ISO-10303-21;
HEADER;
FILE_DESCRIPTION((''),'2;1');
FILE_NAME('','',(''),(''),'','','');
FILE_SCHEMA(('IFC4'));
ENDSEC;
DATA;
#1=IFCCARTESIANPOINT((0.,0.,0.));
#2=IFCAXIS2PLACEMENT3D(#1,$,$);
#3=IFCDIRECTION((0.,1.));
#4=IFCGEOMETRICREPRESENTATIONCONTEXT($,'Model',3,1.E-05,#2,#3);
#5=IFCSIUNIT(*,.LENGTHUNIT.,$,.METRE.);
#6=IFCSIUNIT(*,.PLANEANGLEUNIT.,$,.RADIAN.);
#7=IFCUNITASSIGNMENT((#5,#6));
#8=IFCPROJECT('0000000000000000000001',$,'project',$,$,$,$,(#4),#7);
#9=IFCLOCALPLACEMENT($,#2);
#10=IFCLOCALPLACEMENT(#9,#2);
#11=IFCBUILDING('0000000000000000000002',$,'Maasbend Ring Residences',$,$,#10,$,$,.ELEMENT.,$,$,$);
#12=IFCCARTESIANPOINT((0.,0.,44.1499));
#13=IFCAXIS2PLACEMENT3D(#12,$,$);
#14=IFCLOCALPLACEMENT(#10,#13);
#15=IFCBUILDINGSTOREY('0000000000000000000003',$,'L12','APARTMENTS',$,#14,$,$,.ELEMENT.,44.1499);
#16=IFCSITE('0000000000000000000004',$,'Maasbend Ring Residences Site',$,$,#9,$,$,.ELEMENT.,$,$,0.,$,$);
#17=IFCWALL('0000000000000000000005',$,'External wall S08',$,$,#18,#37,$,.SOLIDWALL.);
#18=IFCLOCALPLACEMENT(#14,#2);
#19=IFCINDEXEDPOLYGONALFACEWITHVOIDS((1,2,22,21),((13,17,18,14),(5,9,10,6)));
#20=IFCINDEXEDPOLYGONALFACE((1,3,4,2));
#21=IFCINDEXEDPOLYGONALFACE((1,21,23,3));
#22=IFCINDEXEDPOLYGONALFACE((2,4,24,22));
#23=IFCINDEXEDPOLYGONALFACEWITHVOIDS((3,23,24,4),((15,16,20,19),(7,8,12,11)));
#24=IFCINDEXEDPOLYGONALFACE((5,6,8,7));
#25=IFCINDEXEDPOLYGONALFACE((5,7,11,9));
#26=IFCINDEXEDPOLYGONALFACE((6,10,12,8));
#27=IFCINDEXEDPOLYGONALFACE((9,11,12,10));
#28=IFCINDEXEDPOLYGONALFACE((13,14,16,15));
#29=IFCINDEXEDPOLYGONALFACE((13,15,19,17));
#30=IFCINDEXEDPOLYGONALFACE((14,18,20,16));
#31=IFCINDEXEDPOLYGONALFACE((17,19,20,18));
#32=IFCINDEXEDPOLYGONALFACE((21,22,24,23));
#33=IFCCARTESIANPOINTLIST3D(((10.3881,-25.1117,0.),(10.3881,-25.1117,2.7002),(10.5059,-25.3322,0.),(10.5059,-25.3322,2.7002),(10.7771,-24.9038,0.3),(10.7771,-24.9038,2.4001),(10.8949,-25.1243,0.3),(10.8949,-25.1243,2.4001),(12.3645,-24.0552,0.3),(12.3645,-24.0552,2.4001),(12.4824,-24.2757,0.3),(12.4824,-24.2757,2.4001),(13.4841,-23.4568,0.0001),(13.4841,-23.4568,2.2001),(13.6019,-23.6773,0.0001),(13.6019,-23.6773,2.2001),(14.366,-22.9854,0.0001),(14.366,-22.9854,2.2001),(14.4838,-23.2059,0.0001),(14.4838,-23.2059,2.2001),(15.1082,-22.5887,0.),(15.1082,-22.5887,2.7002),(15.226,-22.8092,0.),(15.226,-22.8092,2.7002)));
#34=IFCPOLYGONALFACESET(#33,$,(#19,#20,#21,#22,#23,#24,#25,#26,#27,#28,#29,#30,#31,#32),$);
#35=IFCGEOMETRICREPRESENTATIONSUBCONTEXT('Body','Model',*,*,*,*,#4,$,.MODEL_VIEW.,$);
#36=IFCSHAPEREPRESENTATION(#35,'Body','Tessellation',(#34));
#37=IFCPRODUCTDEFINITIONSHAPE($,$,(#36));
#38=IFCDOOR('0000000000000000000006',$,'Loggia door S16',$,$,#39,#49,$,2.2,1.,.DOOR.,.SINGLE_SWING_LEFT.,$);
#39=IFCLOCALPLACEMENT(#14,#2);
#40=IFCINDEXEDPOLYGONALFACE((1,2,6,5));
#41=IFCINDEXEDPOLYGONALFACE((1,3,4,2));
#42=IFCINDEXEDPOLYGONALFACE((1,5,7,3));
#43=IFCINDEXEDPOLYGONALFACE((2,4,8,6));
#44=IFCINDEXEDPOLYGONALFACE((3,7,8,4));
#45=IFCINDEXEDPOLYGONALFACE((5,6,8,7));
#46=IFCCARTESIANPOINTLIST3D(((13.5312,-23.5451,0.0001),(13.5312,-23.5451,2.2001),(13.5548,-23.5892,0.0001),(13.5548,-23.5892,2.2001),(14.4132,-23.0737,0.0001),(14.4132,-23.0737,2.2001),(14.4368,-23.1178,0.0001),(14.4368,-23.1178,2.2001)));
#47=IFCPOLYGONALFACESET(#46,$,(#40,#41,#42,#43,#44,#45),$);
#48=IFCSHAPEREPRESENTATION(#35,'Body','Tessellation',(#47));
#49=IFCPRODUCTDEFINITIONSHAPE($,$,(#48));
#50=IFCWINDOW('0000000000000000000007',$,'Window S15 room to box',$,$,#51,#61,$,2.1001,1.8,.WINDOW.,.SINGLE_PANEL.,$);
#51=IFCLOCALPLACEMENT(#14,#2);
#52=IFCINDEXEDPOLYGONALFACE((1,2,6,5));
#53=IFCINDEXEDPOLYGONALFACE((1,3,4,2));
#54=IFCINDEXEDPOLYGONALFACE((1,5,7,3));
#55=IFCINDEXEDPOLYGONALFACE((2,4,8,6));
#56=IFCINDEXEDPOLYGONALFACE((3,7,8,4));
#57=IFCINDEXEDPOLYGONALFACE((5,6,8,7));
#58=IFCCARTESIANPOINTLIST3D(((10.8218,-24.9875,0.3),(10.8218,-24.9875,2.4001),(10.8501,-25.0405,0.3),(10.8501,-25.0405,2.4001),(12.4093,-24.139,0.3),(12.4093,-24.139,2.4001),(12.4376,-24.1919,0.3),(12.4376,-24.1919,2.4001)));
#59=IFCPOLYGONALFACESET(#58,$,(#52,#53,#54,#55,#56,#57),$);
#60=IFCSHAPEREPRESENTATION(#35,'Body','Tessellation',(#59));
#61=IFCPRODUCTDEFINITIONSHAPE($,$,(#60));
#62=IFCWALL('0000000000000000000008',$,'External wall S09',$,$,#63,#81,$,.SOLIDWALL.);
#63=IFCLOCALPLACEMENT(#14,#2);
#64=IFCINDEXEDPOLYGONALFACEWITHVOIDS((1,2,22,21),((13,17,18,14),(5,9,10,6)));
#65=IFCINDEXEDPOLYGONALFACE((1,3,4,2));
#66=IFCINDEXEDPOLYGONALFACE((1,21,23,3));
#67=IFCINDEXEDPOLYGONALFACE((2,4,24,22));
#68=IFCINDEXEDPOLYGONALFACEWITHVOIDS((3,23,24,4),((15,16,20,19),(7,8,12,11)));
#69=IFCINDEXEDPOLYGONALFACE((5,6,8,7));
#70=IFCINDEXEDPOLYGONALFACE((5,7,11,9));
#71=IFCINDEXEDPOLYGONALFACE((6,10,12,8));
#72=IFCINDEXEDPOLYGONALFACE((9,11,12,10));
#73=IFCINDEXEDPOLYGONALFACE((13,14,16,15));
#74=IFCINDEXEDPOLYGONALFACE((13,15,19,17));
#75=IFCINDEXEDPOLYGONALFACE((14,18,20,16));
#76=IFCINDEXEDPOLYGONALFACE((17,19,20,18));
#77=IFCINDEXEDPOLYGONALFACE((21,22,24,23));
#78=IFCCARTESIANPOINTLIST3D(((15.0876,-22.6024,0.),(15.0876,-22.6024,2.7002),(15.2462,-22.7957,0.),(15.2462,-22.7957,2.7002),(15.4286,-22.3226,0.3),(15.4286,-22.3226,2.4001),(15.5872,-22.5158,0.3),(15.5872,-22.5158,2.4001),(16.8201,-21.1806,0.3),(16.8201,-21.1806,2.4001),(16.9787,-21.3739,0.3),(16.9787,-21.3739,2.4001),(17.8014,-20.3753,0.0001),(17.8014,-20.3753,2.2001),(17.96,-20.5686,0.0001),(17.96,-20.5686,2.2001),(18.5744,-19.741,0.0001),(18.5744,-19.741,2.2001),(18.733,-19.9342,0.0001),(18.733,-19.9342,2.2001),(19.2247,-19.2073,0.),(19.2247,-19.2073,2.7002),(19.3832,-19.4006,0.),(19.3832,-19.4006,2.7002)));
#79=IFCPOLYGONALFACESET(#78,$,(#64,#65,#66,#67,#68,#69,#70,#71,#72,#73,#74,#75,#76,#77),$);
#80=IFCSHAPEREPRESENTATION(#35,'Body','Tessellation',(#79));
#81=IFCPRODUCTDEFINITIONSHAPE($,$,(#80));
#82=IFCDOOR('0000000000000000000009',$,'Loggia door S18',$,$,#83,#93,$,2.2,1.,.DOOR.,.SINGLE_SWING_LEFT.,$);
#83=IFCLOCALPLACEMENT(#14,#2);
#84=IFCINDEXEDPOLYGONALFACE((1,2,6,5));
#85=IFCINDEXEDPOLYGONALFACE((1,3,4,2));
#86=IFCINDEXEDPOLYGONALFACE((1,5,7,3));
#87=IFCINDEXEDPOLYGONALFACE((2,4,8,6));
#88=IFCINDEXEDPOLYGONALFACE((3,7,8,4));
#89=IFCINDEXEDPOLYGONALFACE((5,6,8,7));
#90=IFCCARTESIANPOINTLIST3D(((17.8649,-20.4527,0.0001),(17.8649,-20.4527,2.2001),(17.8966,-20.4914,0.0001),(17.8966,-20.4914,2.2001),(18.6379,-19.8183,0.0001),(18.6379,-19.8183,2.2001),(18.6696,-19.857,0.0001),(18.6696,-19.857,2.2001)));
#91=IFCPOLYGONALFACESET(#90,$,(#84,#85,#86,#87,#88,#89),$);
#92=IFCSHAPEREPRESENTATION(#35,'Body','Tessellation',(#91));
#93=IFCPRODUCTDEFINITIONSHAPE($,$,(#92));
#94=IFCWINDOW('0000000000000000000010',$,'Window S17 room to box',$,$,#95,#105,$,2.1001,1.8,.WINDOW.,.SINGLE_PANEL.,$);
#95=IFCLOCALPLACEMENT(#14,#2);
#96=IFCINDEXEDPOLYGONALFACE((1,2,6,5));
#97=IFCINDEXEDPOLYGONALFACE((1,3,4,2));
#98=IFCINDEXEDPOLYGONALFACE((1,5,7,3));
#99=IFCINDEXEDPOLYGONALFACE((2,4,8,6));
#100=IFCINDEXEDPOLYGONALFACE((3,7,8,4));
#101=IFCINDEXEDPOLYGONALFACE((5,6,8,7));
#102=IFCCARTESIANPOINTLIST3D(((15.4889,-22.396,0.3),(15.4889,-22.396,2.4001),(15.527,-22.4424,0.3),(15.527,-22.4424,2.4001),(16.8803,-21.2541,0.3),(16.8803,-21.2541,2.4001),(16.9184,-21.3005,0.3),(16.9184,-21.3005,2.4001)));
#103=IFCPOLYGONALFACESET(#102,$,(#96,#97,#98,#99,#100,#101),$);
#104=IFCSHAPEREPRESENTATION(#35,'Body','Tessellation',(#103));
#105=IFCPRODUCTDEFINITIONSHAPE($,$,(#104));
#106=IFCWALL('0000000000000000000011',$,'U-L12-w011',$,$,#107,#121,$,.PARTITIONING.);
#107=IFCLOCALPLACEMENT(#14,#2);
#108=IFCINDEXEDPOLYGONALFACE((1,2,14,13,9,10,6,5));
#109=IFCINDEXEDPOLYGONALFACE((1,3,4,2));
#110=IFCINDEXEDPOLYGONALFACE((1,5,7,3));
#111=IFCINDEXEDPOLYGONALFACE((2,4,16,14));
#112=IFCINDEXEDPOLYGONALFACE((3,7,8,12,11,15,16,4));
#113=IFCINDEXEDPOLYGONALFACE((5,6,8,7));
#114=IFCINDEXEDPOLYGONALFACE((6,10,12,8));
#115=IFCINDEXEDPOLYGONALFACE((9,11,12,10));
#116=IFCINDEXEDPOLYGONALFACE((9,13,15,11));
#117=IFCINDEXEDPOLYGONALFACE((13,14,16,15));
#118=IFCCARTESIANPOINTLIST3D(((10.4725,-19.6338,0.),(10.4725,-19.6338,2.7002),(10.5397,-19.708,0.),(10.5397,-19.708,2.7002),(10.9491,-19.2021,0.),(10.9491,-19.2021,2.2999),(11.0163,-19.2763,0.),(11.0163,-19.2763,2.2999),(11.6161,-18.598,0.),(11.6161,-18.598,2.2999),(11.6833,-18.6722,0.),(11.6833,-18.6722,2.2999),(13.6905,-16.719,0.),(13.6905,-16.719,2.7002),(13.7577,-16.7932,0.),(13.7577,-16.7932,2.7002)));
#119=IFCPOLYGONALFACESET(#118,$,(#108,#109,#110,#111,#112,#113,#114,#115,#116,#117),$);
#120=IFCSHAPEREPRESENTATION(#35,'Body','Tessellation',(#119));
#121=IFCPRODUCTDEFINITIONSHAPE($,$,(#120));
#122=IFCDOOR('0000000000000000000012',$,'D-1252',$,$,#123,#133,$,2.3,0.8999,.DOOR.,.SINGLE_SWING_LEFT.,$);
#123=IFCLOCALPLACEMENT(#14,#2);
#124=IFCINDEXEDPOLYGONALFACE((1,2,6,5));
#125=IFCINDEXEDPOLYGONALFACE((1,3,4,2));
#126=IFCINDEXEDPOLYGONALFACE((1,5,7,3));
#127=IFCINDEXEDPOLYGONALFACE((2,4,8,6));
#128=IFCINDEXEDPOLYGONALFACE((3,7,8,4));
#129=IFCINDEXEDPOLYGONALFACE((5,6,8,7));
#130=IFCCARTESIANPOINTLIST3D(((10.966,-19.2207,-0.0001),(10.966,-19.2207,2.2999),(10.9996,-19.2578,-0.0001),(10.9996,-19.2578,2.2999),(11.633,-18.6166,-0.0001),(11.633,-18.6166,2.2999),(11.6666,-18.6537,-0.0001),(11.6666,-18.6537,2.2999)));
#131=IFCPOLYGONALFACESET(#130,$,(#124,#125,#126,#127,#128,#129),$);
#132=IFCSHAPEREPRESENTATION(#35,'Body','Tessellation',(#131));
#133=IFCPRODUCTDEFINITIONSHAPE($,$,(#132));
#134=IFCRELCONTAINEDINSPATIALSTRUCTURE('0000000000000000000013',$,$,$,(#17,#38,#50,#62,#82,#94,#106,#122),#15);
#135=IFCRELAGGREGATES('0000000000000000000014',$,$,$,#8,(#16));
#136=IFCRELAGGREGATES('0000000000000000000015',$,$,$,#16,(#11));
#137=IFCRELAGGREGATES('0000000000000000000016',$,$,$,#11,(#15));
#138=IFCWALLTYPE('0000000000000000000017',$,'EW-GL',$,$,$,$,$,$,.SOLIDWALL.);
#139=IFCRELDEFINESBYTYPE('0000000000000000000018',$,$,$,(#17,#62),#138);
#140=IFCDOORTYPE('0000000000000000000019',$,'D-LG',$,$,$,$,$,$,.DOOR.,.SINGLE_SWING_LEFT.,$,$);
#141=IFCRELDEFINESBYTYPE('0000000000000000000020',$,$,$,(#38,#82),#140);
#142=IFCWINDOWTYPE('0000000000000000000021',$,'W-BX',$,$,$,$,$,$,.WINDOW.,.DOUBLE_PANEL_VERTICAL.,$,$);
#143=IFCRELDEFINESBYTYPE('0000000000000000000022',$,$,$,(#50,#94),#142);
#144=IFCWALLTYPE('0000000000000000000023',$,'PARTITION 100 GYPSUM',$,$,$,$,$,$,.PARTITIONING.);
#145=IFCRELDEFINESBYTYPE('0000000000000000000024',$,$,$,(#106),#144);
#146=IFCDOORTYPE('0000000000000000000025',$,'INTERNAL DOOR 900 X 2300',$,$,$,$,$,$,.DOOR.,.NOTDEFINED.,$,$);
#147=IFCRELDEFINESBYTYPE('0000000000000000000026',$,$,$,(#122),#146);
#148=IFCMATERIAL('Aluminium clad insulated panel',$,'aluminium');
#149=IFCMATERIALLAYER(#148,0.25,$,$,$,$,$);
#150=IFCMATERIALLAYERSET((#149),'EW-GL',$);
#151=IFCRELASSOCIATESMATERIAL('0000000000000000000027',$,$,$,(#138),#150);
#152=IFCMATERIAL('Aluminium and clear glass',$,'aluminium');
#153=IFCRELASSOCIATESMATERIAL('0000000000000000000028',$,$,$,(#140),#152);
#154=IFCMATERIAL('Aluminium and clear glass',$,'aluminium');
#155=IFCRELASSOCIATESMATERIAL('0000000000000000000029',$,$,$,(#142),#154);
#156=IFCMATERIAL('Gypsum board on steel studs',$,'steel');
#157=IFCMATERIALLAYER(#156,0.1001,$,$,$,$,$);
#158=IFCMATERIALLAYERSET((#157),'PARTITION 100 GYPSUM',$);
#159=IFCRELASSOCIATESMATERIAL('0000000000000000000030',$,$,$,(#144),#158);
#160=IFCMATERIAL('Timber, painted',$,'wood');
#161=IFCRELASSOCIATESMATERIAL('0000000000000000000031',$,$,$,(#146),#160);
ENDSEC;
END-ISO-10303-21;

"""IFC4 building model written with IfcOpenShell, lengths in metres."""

from ifc_helpers import new_model, si_unit, direction, frame, frame_2d, origin, place, context, subcontext, project, spatial, rectangle, extrude, material, layer, layer_set, type_object, element, fill, save


model = new_model("IFC4")

# Units and contexts
model_context = context("Model", 3, precision=1e-05, world=origin(), true_north=direction((0.0, 1.0)))
body_context = subcontext(model_context, "Body", "Model", "MODEL_VIEW")
ifc_project = project(units=[si_unit("LENGTHUNIT", "METRE"), si_unit("PLANEANGLEUNIT", "RADIAN")], contexts=[model_context])

# Site, building, storey
site_placement = place(None, origin())
site = spatial("IfcSite", under=ifc_project, at=site_placement, Name="Maasbend Ring Residences Site", CompositionType="ELEMENT", RefElevation=0.0)
building_placement = place(site_placement, origin())
building = spatial("IfcBuilding", under=site, at=building_placement, Name="Maasbend Ring Residences", CompositionType="ELEMENT")
storey_placement = place(building_placement, frame((0.0, 0.0, 44.1499)))
storey = spatial("IfcBuildingStorey", under=building, at=storey_placement, Name="L12", Description="APARTMENTS", CompositionType="ELEMENT", Elevation=44.1499)

# Walls, openings, doors, windows
ifc_material_1 = material(Name="Aluminium clad insulated panel", Category="aluminium")
ifc_layer_1 = layer(ifc_material_1, 0.25)
ifc_layer_set_1 = layer_set([ifc_layer_1], Name="EW-GL")
wall_type_1 = type_object("IfcWallType", Name="EW-GL", PredefinedType="SOLIDWALL", material=ifc_layer_set_1)
wall_1_placement = place(storey_placement, frame((10.447, -25.2219, 0.0), z_axis=(0.0, 0.0, 1.0), x_axis=(0.881916, 0.471407, 0.0)))
wall_1 = element("IfcWall", 1, at=wall_1_placement, inside=storey, type_object=wall_type_1, Name="External wall S08", PredefinedType="SOLIDWALL", context=body_context, shape_type="SweptSolid", body=[
    extrude(rectangle(XDim=5.3521, YDim=0.25, at=frame_2d((2.676, 0.0))), origin(), (0.0, 0.0, 1.0), 2.7002),
])
opening_1_placement = place(wall_1_placement, frame((0.4412, 0.0, 0.3)))
opening_1 = element("IfcOpeningElement", 2, at=opening_1_placement, cuts=wall_1, PredefinedType="OPENING", context=body_context, shape_type="SweptSolid", body=[
    extrude(rectangle(XDim=1.8, YDim=2.1001, at=frame_2d((0.8999, 1.05))), frame((0.0, 0.135, 0.0), z_axis=(0.0, -1.0, 0.0), x_axis=(1.0, 0.0, 0.0)), (0.0, 0.0, 1.0), 0.27),
])
opening_2_placement = place(wall_1_placement, frame((3.5105, 0.0, 0.0)))
opening_2 = element("IfcOpeningElement", 3, at=opening_2_placement, cuts=wall_1, PredefinedType="OPENING", context=body_context, shape_type="SweptSolid", body=[
    extrude(rectangle(XDim=1.0, YDim=2.2, at=frame_2d((0.5, 1.1001))), frame((0.0, 0.135, 0.0), z_axis=(0.0, -1.0, 0.0), x_axis=(1.0, 0.0, 0.0)), (0.0, 0.0, 1.0), 0.27),
])
ifc_material_2 = material(Name="Aluminium and clear glass", Category="aluminium")
door_type_1 = type_object("IfcDoorType", Name="D-LG", OperationType="SINGLE_SWING_LEFT", PredefinedType="DOOR", material=ifc_material_2)
door_1_placement = place(opening_2_placement, origin())
door_1 = element("IfcDoor", 4, at=door_1_placement, inside=storey, type_object=door_type_1, Name="Loggia door S16", OperationType="SINGLE_SWING_LEFT", OverallHeight=2.2, OverallWidth=1.0, PredefinedType="DOOR", context=body_context, shape_type="SweptSolid", body=[
    extrude(rectangle(XDim=1.0, YDim=2.2, at=frame_2d((0.5, 1.1001))), frame((0.0, 0.0249, 0.0), z_axis=(0.0, -1.0, 0.0), x_axis=(1.0, 0.0, 0.0)), (0.0, 0.0, 1.0), 0.05),
])
fill(opening_2, door_1)
ifc_material_3 = material(Name="Aluminium and clear glass", Category="aluminium")
window_type_1 = type_object("IfcWindowType", Name="W-BX", PartitioningType="DOUBLE_PANEL_VERTICAL", PredefinedType="WINDOW", material=ifc_material_3)
window_1_placement = place(opening_1_placement, origin())
window_1 = element("IfcWindow", 5, at=window_1_placement, inside=storey, type_object=window_type_1, Name="Window S15 room to box", OverallHeight=2.1001, OverallWidth=1.8, PartitioningType="SINGLE_PANEL", PredefinedType="WINDOW", context=body_context, shape_type="SweptSolid", body=[
    extrude(rectangle(XDim=1.8, YDim=2.1001, at=frame_2d((0.8999, 1.05))), frame((0.0, 0.03, 0.0), z_axis=(0.0, -1.0, 0.0), x_axis=(1.0, 0.0, 0.0)), (0.0, 0.0, 1.0), 0.0601),
])
fill(opening_1, window_1)
wall_2_placement = place(storey_placement, frame((15.167, -22.699, 0.0), z_axis=(0.0, 0.0, 1.0), x_axis=(0.773019, 0.634382, 0.0)))
wall_2 = element("IfcWall", 6, at=wall_2_placement, inside=storey, type_object=wall_type_1, Name="External wall S09", PredefinedType="SOLIDWALL", context=body_context, shape_type="SweptSolid", body=[
    extrude(rectangle(XDim=5.3518, YDim=0.25, at=frame_2d((2.6758, 0.0))), origin(), (0.0, 0.0, 1.0), 2.7002),
])
opening_3_placement = place(wall_2_placement, frame((0.4412, 0.0, 0.3)))
opening_3 = element("IfcOpeningElement", 7, at=opening_3_placement, cuts=wall_2, PredefinedType="OPENING", context=body_context, shape_type="SweptSolid", body=[
    extrude(rectangle(XDim=1.8, YDim=2.1001, at=frame_2d((0.8999, 1.05))), frame((0.0, 0.135, 0.0), z_axis=(0.0, -1.0, 0.0), x_axis=(1.0, 0.0, 0.0)), (0.0, 0.0, 1.0), 0.27),
])
opening_4_placement = place(wall_2_placement, frame((3.5105, 0.0, 0.0)))
opening_4 = element("IfcOpeningElement", 8, at=opening_4_placement, cuts=wall_2, PredefinedType="OPENING", context=body_context, shape_type="SweptSolid", body=[
    extrude(rectangle(XDim=1.0, YDim=2.2, at=frame_2d((0.5, 1.1001))), frame((0.0, 0.135, 0.0), z_axis=(0.0, -1.0, 0.0), x_axis=(1.0, 0.0, 0.0)), (0.0, 0.0, 1.0), 0.27),
])
door_2_placement = place(opening_4_placement, origin())
door_2 = element("IfcDoor", 9, at=door_2_placement, inside=storey, type_object=door_type_1, Name="Loggia door S18", OperationType="SINGLE_SWING_LEFT", OverallHeight=2.2, OverallWidth=1.0, PredefinedType="DOOR", context=body_context, shape_type="SweptSolid", body=[
    extrude(rectangle(XDim=1.0, YDim=2.2, at=frame_2d((0.5, 1.1001))), frame((0.0, 0.0249, 0.0), z_axis=(0.0, -1.0, 0.0), x_axis=(1.0, 0.0, 0.0)), (0.0, 0.0, 1.0), 0.05),
])
fill(opening_4, door_2)
window_2_placement = place(opening_3_placement, origin())
window_2 = element("IfcWindow", 10, at=window_2_placement, inside=storey, type_object=window_type_1, Name="Window S17 room to box", OverallHeight=2.1001, OverallWidth=1.8, PartitioningType="SINGLE_PANEL", PredefinedType="WINDOW", context=body_context, shape_type="SweptSolid", body=[
    extrude(rectangle(XDim=1.8, YDim=2.1001, at=frame_2d((0.8999, 1.05))), frame((0.0, 0.03, 0.0), z_axis=(0.0, -1.0, 0.0), x_axis=(1.0, 0.0, 0.0)), (0.0, 0.0, 1.0), 0.0601),
])
fill(opening_3, window_2)

# Wall, opening, door
ifc_material_4 = material(Name="Gypsum board on steel studs", Category="steel")
ifc_layer_2 = layer(ifc_material_4, 0.1001)
ifc_layer_set_2 = layer_set([ifc_layer_2], Name="PARTITION 100 GYPSUM")
wall_type_2 = type_object("IfcWallType", Name="PARTITION 100 GYPSUM", PredefinedType="PARTITIONING", material=ifc_layer_set_2)
wall_3_placement = place(storey_placement, frame((10.5061, -19.6709, 0.0), z_axis=(0.0, 0.0, 1.0), x_axis=(0.741163, 0.671325, 0.0)))
wall_3 = element("IfcWall", 11, at=wall_3_placement, inside=storey, type_object=wall_type_2, Name="U-L12-w011", PredefinedType="PARTITIONING", context=body_context, shape_type="SweptSolid", body=[
    extrude(rectangle(XDim=4.3418, YDim=0.1001, at=frame_2d((2.1709, 0.0))), origin(), (0.0, 0.0, 1.0), 2.7002),
])
opening_5_placement = place(wall_3_placement, frame((0.6431, 0.0, 0.0)))
opening_5 = element("IfcOpeningElement", 12, at=opening_5_placement, cuts=wall_3, PredefinedType="OPENING", context=body_context, shape_type="SweptSolid", body=[
    extrude(rectangle(XDim=0.8999, YDim=2.3, at=frame_2d((0.45, 1.1499))), frame((0.0, 0.0601, 0.0), z_axis=(0.0, -1.0, 0.0), x_axis=(1.0, 0.0, 0.0)), (0.0, 0.0, 1.0), 0.1201),
])
ifc_material_5 = material(Name="Timber, painted", Category="wood")
door_type_2 = type_object("IfcDoorType", Name="INTERNAL DOOR 900 X 2300", OperationType="NOTDEFINED", PredefinedType="DOOR", material=ifc_material_5)
door_3_placement = place(opening_5_placement, origin())
door_3 = element("IfcDoor", 13, at=door_3_placement, inside=storey, type_object=door_type_2, Name="D-1252", OperationType="SINGLE_SWING_LEFT", OverallHeight=2.3, OverallWidth=0.8999, PredefinedType="DOOR", context=body_context, shape_type="SweptSolid", body=[
    extrude(rectangle(XDim=0.8999, YDim=2.3, at=frame_2d((0.45, 1.1499))), frame((0.0, 0.0249, 0.0), z_axis=(0.0, -1.0, 0.0), x_axis=(1.0, 0.0, 0.0)), (0.0, 0.0, 1.0), 0.05),
])
fill(opening_5, door_3)

save(model, "model.ifc")
